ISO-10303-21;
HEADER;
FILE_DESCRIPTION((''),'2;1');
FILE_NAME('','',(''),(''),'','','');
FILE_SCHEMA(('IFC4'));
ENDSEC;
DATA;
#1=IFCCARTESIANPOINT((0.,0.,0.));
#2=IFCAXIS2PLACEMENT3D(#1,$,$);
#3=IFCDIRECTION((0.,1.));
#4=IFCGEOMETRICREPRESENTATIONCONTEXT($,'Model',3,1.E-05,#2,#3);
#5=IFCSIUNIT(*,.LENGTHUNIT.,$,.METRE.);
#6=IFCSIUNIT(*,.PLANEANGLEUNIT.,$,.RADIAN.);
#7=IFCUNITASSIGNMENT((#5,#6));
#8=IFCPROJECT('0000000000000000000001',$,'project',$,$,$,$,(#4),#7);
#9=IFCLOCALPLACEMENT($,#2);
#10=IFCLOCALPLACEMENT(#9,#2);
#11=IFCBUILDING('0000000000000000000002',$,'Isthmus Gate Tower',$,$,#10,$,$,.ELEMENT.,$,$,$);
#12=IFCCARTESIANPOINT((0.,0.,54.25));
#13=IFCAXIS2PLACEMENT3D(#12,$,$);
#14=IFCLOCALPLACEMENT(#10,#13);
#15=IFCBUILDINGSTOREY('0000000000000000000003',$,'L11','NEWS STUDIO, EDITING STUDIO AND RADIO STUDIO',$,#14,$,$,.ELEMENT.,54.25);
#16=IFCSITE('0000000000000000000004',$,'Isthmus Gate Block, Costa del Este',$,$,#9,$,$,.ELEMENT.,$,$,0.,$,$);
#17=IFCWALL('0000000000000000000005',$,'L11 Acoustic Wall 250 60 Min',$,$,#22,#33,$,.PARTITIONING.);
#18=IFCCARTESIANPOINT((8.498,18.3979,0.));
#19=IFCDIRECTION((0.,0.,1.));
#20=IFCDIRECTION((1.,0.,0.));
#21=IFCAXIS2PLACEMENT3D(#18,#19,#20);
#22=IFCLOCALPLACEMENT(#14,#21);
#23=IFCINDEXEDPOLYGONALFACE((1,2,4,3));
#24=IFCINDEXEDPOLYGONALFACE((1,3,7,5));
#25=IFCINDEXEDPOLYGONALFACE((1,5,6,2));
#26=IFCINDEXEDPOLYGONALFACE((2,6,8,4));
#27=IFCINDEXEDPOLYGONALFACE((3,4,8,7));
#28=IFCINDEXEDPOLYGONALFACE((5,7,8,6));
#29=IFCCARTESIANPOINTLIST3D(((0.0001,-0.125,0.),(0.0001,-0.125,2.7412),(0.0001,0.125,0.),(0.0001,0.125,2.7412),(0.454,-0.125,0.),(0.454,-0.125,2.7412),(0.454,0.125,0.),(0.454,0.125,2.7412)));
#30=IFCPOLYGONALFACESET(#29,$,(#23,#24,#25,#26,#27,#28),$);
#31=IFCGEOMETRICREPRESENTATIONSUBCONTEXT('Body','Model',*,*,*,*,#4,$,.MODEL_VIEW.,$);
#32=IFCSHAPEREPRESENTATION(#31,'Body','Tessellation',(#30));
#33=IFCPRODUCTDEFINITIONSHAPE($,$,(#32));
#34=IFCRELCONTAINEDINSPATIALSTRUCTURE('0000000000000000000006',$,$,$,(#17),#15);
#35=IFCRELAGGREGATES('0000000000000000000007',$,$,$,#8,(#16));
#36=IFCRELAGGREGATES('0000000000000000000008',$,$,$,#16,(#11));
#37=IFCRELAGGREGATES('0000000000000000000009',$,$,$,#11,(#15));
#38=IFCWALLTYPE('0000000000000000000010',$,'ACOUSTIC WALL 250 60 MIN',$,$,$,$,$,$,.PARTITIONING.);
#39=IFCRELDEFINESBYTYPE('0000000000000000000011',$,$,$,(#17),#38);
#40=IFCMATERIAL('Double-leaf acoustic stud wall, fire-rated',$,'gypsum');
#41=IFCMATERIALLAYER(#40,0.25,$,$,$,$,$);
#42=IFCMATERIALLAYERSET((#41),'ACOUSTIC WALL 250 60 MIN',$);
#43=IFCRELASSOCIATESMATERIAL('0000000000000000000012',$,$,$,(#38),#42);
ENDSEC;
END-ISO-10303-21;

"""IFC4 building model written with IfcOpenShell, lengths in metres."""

from ifc_helpers import new_model, si_unit, direction, frame, frame_2d, origin, place, context, subcontext, project, spatial, rectangle, extrude, material, layer, layer_set, type_object, element, save


model = new_model("IFC4")

# Units and contexts
model_context = context("Model", 3, precision=1e-05, world=origin(), true_north=direction((0.0, 1.0)))
body_context = subcontext(model_context, "Body", "Model", "MODEL_VIEW")
ifc_project = project(units=[si_unit("LENGTHUNIT", "METRE"), si_unit("PLANEANGLEUNIT", "RADIAN")], contexts=[model_context])

# Site, building, storey
site_placement = place(None, origin())
site = spatial("IfcSite", under=ifc_project, at=site_placement, Name="Isthmus Gate Block, Costa del Este", CompositionType="ELEMENT", RefElevation=0.0)
building_placement = place(site_placement, origin())
building = spatial("IfcBuilding", under=site, at=building_placement, Name="Isthmus Gate Tower", CompositionType="ELEMENT")
storey_placement = place(building_placement, frame((0.0, 0.0, 54.25)))
storey = spatial("IfcBuildingStorey", under=building, at=storey_placement, Name="L11", Description="NEWS STUDIO, EDITING STUDIO AND RADIO STUDIO", CompositionType="ELEMENT", Elevation=54.25)

# Wall
ifc_material_1 = material(Name="Double-leaf acoustic stud wall, fire-rated", Category="gypsum")
ifc_layer_1 = layer(ifc_material_1, 0.25)
ifc_layer_set_1 = layer_set([ifc_layer_1], Name="ACOUSTIC WALL 250 60 MIN")
wall_type_1 = type_object("IfcWallType", Name="ACOUSTIC WALL 250 60 MIN", PredefinedType="PARTITIONING", material=ifc_layer_set_1)
wall_1_placement = place(storey_placement, frame((8.498, 18.3979, 0.0), z_axis=(0.0, 0.0, 1.0), x_axis=(1.0, 0.0, 0.0)))
element("IfcWall", 1, at=wall_1_placement, inside=storey, type_object=wall_type_1, Name="L11 Acoustic Wall 250 60 Min", PredefinedType="PARTITIONING", context=body_context, shape_type="SweptSolid", body=[
    extrude(rectangle(XDim=0.4539, YDim=0.25, at=frame_2d((0.2271, 0.0))), origin(), (0.0, 0.0, 1.0), 2.7412),
])

save(model, "model.ifc")
